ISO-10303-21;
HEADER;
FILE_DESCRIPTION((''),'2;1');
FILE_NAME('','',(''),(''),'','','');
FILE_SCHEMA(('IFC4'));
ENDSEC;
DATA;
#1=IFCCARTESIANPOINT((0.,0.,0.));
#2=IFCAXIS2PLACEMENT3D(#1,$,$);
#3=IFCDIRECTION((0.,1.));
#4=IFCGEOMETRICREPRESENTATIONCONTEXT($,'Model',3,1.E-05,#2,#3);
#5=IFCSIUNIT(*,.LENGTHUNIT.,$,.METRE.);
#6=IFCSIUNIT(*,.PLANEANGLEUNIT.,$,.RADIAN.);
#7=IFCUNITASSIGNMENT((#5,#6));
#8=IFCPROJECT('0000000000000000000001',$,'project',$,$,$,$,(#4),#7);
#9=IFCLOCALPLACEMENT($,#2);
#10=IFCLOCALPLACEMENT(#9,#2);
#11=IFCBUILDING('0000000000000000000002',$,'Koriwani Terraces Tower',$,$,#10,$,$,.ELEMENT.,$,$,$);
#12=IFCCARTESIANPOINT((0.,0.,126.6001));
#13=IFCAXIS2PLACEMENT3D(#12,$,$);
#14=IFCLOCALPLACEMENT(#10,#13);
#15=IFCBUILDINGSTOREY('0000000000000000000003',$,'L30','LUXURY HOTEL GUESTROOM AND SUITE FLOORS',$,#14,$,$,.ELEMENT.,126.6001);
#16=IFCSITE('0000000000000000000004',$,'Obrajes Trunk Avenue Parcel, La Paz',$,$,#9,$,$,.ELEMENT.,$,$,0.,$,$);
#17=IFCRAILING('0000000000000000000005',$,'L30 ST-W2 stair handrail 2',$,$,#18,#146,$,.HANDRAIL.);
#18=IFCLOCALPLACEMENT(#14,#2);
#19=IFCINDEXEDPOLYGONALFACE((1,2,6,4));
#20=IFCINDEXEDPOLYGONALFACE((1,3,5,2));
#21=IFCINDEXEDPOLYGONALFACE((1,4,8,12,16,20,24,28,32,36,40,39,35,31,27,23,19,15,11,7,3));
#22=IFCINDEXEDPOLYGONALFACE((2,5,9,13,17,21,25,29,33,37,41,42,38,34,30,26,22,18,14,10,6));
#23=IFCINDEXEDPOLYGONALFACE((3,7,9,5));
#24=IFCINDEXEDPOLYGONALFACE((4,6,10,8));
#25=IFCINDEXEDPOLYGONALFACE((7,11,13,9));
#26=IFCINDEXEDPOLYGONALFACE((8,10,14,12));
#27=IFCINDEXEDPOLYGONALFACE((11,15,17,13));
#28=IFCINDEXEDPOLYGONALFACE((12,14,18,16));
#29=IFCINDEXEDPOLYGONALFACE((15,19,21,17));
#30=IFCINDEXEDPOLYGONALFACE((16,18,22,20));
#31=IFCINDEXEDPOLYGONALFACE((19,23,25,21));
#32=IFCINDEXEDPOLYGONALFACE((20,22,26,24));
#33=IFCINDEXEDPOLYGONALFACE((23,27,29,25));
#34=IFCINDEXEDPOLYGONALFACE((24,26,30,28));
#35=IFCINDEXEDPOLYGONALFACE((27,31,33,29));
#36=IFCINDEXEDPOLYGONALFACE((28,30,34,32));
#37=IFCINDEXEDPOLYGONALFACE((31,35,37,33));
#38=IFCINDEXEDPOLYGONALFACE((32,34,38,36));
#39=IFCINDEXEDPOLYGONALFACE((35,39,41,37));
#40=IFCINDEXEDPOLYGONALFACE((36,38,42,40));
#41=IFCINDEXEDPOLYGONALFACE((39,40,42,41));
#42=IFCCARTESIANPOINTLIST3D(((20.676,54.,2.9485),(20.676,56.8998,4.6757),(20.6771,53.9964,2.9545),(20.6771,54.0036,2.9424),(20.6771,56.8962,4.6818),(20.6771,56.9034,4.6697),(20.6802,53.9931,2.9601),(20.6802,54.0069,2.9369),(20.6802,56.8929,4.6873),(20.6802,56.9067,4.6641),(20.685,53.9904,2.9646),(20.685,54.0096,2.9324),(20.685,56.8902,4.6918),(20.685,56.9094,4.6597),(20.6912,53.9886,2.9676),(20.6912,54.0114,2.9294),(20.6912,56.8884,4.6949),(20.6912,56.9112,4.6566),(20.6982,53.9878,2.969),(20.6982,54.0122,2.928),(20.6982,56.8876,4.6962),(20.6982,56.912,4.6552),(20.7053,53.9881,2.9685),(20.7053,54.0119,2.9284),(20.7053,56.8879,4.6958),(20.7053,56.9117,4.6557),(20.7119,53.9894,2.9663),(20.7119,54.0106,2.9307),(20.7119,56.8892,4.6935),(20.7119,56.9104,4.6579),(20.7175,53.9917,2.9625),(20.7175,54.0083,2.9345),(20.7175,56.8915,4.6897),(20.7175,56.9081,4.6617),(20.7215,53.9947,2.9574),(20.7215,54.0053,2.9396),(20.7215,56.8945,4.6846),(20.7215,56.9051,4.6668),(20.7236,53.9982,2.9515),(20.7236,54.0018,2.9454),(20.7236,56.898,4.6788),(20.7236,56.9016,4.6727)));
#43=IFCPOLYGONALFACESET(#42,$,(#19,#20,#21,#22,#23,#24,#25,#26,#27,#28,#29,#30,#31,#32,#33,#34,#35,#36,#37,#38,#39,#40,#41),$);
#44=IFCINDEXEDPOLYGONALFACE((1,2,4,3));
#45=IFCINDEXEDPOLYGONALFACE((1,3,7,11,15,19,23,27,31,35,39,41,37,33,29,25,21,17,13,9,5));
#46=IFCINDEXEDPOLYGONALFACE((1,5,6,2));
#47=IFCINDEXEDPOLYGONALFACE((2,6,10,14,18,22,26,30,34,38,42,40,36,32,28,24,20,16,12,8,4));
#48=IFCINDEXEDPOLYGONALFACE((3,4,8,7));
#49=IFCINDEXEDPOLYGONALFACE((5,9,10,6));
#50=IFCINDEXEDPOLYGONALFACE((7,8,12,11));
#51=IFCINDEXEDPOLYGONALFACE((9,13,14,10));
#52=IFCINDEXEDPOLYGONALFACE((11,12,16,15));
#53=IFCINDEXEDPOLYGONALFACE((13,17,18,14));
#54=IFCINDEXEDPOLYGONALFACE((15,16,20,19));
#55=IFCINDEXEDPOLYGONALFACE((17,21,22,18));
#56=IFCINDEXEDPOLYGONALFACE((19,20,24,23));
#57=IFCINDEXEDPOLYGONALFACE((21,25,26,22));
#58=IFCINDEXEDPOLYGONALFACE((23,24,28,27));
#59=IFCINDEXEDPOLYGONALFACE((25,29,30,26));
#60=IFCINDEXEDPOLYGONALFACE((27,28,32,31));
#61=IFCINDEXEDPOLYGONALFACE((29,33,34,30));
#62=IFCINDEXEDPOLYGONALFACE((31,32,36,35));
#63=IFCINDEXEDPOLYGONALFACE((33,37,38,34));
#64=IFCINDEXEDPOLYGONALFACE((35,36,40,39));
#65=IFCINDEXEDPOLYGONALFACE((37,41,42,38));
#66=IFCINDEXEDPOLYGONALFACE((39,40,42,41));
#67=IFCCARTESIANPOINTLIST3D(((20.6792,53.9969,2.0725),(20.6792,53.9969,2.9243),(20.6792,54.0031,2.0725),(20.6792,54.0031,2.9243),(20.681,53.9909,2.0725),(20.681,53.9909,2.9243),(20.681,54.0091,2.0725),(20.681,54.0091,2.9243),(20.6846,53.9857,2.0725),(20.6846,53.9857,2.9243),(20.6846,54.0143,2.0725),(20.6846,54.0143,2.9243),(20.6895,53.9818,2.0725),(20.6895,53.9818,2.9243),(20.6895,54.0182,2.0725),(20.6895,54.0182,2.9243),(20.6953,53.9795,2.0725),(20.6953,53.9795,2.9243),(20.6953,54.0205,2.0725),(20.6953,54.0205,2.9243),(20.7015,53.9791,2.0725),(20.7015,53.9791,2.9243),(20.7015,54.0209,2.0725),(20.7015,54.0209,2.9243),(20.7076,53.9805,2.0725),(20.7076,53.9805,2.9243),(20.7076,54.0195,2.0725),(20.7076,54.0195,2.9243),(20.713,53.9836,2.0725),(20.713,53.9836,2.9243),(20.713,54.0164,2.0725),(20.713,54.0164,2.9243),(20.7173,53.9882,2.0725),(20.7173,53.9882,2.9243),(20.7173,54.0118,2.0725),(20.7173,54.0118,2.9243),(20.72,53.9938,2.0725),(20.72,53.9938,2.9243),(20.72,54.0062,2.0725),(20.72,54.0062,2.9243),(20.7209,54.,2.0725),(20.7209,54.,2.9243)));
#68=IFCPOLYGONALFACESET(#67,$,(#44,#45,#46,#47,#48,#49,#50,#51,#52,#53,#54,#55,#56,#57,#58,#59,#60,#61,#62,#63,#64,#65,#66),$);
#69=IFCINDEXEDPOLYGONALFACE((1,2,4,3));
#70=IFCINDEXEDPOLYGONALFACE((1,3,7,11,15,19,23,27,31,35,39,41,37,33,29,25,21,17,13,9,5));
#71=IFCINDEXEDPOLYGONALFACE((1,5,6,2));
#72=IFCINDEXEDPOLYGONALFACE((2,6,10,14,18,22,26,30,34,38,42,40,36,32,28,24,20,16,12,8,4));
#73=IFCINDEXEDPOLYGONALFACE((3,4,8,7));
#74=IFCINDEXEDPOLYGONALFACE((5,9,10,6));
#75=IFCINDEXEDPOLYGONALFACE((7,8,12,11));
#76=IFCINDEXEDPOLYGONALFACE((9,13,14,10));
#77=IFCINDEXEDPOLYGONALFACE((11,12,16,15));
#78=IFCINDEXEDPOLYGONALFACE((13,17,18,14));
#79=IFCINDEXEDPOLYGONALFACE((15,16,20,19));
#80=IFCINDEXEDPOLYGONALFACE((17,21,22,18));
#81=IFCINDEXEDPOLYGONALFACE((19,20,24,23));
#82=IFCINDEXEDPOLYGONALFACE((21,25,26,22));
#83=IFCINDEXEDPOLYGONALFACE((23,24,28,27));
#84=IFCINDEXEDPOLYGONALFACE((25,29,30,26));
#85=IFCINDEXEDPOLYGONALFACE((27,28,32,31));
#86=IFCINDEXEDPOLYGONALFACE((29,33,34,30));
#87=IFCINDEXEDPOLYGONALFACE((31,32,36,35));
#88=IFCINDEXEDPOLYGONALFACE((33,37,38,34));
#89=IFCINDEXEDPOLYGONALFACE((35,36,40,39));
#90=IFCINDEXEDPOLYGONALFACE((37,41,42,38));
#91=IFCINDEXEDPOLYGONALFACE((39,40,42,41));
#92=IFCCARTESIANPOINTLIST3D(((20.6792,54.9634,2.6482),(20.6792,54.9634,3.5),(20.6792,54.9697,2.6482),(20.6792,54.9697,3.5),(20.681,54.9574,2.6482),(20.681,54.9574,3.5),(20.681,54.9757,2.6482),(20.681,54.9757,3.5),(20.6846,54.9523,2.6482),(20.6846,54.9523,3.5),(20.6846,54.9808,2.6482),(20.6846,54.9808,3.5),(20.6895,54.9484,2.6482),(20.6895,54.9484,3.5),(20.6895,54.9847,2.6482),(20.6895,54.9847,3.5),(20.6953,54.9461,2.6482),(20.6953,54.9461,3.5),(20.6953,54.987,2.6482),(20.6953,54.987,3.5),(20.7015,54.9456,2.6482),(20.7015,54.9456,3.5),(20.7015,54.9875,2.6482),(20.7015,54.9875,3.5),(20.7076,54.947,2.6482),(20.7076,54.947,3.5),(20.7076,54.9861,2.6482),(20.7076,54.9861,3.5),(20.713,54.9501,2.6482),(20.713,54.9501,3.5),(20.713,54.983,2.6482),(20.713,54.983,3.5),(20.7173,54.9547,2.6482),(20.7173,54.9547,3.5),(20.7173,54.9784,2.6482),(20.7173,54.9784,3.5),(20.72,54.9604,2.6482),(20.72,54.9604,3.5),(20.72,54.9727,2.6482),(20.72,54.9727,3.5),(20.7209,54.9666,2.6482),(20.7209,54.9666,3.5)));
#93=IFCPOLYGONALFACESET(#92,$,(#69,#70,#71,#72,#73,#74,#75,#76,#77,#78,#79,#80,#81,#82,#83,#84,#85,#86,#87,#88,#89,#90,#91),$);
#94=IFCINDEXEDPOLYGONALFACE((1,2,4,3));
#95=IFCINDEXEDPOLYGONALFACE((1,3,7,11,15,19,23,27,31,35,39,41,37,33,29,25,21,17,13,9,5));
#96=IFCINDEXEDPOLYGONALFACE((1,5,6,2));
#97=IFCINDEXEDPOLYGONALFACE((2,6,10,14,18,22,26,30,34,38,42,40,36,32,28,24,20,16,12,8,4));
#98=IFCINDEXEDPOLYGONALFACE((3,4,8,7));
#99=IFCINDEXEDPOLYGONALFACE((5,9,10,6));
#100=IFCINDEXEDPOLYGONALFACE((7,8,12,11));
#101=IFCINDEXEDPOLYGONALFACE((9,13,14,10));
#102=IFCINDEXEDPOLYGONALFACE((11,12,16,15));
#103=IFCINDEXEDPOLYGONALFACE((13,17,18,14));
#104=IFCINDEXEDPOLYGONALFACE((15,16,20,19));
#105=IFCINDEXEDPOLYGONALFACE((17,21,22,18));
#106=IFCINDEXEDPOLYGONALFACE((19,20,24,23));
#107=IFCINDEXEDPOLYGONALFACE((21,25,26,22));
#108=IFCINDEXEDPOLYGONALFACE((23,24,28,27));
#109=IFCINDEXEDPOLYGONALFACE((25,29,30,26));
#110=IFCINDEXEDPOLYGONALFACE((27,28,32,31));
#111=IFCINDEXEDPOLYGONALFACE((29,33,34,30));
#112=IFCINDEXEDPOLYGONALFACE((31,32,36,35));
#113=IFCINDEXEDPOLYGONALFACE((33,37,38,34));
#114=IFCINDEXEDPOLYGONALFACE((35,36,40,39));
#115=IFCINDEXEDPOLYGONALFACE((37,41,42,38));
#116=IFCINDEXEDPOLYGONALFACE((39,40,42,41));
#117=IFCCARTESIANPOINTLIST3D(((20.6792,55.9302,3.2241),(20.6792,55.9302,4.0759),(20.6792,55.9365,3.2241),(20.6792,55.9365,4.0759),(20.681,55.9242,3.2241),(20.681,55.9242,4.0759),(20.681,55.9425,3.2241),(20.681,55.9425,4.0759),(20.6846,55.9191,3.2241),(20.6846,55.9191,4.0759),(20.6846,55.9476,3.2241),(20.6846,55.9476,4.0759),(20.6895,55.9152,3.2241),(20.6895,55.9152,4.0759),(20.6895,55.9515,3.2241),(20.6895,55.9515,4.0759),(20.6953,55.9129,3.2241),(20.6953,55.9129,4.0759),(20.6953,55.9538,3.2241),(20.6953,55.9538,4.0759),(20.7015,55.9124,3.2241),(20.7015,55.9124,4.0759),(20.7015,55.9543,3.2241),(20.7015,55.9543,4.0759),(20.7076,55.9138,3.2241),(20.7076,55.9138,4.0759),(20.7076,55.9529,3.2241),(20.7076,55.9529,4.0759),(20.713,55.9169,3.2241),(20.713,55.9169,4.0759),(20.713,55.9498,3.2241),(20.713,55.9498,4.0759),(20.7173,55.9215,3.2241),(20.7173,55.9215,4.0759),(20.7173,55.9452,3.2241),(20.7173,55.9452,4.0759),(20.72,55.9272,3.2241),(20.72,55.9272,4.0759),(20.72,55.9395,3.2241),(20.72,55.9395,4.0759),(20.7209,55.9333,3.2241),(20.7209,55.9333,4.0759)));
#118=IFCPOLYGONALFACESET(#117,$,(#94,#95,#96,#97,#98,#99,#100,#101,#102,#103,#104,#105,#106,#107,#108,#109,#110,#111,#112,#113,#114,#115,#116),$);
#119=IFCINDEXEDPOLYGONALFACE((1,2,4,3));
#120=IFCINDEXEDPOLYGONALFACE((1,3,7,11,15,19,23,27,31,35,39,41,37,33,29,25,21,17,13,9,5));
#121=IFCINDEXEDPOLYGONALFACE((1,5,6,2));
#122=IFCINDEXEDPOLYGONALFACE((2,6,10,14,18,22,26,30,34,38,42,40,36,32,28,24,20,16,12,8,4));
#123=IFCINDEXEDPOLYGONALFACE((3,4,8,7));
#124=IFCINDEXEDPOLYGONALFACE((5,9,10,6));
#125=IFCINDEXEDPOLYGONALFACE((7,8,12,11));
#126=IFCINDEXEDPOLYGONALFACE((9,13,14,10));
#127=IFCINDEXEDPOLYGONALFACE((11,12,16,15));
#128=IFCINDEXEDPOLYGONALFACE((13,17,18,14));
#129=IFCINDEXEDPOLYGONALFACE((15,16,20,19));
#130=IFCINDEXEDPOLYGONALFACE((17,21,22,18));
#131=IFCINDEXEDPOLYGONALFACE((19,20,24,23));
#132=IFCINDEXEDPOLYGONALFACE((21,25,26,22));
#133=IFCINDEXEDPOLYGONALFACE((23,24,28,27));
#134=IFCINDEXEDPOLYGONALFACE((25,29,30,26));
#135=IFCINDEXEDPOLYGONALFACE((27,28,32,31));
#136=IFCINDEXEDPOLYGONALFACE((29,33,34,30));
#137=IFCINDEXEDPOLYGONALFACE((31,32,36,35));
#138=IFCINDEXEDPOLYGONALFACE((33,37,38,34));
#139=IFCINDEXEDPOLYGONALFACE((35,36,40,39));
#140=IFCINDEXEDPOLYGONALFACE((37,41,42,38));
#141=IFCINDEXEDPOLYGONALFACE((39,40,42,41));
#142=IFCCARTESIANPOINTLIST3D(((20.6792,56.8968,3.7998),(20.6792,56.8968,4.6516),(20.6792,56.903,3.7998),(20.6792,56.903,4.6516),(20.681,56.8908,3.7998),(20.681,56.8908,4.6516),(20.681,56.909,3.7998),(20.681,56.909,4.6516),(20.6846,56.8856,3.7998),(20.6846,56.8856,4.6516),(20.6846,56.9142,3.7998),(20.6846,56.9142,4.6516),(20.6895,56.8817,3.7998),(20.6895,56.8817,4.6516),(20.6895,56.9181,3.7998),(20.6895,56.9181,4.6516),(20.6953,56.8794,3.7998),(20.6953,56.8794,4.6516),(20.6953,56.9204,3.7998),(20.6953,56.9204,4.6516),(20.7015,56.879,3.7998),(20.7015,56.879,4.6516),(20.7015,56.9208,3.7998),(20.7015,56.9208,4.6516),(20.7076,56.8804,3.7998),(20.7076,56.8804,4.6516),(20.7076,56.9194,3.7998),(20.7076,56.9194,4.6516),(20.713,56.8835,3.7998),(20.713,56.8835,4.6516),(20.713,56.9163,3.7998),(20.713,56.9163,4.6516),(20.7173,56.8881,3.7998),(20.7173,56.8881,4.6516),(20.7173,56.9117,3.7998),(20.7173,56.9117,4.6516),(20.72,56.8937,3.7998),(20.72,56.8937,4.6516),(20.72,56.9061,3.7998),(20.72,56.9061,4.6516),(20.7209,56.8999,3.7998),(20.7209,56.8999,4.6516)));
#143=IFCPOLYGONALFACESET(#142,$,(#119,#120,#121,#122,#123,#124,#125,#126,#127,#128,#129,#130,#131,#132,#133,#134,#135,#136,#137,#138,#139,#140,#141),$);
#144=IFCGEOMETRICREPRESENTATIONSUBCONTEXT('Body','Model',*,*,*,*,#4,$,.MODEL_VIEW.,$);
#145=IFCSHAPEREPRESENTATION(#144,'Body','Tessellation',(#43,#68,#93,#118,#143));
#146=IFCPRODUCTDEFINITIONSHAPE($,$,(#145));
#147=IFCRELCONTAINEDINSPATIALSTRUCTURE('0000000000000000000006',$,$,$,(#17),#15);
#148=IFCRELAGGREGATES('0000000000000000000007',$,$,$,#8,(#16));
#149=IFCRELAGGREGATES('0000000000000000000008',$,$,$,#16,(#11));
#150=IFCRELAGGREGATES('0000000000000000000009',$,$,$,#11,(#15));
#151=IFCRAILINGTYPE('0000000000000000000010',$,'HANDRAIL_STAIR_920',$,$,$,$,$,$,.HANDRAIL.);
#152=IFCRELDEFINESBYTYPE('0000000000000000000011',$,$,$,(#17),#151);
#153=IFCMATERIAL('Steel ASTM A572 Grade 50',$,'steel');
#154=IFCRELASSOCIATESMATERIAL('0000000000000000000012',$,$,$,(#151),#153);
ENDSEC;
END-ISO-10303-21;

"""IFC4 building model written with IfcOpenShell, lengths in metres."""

from ifc_helpers import new_model, si_unit, direction, frame, origin, origin_2d, place, context, subcontext, project, spatial, circle, extrude, material, type_object, element, save


model = new_model("IFC4")

# Units and contexts
model_context = context("Model", 3, precision=1e-05, world=origin(), true_north=direction((0.0, 1.0)))
body_context = subcontext(model_context, "Body", "Model", "MODEL_VIEW")
ifc_project = project(units=[si_unit("LENGTHUNIT", "METRE"), si_unit("PLANEANGLEUNIT", "RADIAN")], contexts=[model_context])

# Site, building, storey
site_placement = place(None, origin())
site = spatial("IfcSite", under=ifc_project, at=site_placement, Name="Obrajes Trunk Avenue Parcel, La Paz", CompositionType="ELEMENT", RefElevation=0.0)
building_placement = place(site_placement, origin())
building = spatial("IfcBuilding", under=site, at=building_placement, Name="Koriwani Terraces Tower", CompositionType="ELEMENT")
storey_placement = place(building_placement, frame((0.0, 0.0, 126.6001)))
storey = spatial("IfcBuildingStorey", under=building, at=storey_placement, Name="L30", Description="LUXURY HOTEL GUESTROOM AND SUITE FLOORS", CompositionType="ELEMENT", Elevation=126.6001)

# Shared definitions
ifc_material_1 = material(Name="Steel ASTM A572 Grade 50", Category="steel")

# Railing
railing_type_1 = type_object("IfcRailingType", Name="HANDRAIL_STAIR_920", PredefinedType="HANDRAIL", material=ifc_material_1)
for number, where, name in (
    (1, (20.7, 54.0, 2.0725), "L30 ST-W2 stair handrail 2"),
):
    element("IfcRailing", number, at=place(storey_placement, frame(where)), inside=storey, type_object=railing_type_1, Name=name, PredefinedType="HANDRAIL", context=body_context, shape_type="SweptSolid", body=[
        extrude(circle(Radius=0.0239, at=origin_2d()), frame((0.0, 0.0, 0.876), z_axis=(0.0, 0.859141, 0.511738), x_axis=(-1.0, 0.0, 0.0)), (0.0, 0.0, 1.0), 3.3752),
        extrude(circle(Radius=0.021, at=origin_2d()), origin(), (0.0, 0.0, 1.0), 0.8518),
        extrude(circle(Radius=0.021, at=origin_2d()), frame((0.0, 0.9666, 0.5757)), (0.0, 0.0, 1.0), 0.8518),
        extrude(circle(Radius=0.021, at=origin_2d()), frame((0.0, 1.9333, 1.1516)), (0.0, 0.0, 1.0), 0.8518),
        extrude(circle(Radius=0.021, at=origin_2d()), frame((0.0, 2.8999, 1.7273)), (0.0, 0.0, 1.0), 0.8518),
    ])

save(model, "model.ifc")
